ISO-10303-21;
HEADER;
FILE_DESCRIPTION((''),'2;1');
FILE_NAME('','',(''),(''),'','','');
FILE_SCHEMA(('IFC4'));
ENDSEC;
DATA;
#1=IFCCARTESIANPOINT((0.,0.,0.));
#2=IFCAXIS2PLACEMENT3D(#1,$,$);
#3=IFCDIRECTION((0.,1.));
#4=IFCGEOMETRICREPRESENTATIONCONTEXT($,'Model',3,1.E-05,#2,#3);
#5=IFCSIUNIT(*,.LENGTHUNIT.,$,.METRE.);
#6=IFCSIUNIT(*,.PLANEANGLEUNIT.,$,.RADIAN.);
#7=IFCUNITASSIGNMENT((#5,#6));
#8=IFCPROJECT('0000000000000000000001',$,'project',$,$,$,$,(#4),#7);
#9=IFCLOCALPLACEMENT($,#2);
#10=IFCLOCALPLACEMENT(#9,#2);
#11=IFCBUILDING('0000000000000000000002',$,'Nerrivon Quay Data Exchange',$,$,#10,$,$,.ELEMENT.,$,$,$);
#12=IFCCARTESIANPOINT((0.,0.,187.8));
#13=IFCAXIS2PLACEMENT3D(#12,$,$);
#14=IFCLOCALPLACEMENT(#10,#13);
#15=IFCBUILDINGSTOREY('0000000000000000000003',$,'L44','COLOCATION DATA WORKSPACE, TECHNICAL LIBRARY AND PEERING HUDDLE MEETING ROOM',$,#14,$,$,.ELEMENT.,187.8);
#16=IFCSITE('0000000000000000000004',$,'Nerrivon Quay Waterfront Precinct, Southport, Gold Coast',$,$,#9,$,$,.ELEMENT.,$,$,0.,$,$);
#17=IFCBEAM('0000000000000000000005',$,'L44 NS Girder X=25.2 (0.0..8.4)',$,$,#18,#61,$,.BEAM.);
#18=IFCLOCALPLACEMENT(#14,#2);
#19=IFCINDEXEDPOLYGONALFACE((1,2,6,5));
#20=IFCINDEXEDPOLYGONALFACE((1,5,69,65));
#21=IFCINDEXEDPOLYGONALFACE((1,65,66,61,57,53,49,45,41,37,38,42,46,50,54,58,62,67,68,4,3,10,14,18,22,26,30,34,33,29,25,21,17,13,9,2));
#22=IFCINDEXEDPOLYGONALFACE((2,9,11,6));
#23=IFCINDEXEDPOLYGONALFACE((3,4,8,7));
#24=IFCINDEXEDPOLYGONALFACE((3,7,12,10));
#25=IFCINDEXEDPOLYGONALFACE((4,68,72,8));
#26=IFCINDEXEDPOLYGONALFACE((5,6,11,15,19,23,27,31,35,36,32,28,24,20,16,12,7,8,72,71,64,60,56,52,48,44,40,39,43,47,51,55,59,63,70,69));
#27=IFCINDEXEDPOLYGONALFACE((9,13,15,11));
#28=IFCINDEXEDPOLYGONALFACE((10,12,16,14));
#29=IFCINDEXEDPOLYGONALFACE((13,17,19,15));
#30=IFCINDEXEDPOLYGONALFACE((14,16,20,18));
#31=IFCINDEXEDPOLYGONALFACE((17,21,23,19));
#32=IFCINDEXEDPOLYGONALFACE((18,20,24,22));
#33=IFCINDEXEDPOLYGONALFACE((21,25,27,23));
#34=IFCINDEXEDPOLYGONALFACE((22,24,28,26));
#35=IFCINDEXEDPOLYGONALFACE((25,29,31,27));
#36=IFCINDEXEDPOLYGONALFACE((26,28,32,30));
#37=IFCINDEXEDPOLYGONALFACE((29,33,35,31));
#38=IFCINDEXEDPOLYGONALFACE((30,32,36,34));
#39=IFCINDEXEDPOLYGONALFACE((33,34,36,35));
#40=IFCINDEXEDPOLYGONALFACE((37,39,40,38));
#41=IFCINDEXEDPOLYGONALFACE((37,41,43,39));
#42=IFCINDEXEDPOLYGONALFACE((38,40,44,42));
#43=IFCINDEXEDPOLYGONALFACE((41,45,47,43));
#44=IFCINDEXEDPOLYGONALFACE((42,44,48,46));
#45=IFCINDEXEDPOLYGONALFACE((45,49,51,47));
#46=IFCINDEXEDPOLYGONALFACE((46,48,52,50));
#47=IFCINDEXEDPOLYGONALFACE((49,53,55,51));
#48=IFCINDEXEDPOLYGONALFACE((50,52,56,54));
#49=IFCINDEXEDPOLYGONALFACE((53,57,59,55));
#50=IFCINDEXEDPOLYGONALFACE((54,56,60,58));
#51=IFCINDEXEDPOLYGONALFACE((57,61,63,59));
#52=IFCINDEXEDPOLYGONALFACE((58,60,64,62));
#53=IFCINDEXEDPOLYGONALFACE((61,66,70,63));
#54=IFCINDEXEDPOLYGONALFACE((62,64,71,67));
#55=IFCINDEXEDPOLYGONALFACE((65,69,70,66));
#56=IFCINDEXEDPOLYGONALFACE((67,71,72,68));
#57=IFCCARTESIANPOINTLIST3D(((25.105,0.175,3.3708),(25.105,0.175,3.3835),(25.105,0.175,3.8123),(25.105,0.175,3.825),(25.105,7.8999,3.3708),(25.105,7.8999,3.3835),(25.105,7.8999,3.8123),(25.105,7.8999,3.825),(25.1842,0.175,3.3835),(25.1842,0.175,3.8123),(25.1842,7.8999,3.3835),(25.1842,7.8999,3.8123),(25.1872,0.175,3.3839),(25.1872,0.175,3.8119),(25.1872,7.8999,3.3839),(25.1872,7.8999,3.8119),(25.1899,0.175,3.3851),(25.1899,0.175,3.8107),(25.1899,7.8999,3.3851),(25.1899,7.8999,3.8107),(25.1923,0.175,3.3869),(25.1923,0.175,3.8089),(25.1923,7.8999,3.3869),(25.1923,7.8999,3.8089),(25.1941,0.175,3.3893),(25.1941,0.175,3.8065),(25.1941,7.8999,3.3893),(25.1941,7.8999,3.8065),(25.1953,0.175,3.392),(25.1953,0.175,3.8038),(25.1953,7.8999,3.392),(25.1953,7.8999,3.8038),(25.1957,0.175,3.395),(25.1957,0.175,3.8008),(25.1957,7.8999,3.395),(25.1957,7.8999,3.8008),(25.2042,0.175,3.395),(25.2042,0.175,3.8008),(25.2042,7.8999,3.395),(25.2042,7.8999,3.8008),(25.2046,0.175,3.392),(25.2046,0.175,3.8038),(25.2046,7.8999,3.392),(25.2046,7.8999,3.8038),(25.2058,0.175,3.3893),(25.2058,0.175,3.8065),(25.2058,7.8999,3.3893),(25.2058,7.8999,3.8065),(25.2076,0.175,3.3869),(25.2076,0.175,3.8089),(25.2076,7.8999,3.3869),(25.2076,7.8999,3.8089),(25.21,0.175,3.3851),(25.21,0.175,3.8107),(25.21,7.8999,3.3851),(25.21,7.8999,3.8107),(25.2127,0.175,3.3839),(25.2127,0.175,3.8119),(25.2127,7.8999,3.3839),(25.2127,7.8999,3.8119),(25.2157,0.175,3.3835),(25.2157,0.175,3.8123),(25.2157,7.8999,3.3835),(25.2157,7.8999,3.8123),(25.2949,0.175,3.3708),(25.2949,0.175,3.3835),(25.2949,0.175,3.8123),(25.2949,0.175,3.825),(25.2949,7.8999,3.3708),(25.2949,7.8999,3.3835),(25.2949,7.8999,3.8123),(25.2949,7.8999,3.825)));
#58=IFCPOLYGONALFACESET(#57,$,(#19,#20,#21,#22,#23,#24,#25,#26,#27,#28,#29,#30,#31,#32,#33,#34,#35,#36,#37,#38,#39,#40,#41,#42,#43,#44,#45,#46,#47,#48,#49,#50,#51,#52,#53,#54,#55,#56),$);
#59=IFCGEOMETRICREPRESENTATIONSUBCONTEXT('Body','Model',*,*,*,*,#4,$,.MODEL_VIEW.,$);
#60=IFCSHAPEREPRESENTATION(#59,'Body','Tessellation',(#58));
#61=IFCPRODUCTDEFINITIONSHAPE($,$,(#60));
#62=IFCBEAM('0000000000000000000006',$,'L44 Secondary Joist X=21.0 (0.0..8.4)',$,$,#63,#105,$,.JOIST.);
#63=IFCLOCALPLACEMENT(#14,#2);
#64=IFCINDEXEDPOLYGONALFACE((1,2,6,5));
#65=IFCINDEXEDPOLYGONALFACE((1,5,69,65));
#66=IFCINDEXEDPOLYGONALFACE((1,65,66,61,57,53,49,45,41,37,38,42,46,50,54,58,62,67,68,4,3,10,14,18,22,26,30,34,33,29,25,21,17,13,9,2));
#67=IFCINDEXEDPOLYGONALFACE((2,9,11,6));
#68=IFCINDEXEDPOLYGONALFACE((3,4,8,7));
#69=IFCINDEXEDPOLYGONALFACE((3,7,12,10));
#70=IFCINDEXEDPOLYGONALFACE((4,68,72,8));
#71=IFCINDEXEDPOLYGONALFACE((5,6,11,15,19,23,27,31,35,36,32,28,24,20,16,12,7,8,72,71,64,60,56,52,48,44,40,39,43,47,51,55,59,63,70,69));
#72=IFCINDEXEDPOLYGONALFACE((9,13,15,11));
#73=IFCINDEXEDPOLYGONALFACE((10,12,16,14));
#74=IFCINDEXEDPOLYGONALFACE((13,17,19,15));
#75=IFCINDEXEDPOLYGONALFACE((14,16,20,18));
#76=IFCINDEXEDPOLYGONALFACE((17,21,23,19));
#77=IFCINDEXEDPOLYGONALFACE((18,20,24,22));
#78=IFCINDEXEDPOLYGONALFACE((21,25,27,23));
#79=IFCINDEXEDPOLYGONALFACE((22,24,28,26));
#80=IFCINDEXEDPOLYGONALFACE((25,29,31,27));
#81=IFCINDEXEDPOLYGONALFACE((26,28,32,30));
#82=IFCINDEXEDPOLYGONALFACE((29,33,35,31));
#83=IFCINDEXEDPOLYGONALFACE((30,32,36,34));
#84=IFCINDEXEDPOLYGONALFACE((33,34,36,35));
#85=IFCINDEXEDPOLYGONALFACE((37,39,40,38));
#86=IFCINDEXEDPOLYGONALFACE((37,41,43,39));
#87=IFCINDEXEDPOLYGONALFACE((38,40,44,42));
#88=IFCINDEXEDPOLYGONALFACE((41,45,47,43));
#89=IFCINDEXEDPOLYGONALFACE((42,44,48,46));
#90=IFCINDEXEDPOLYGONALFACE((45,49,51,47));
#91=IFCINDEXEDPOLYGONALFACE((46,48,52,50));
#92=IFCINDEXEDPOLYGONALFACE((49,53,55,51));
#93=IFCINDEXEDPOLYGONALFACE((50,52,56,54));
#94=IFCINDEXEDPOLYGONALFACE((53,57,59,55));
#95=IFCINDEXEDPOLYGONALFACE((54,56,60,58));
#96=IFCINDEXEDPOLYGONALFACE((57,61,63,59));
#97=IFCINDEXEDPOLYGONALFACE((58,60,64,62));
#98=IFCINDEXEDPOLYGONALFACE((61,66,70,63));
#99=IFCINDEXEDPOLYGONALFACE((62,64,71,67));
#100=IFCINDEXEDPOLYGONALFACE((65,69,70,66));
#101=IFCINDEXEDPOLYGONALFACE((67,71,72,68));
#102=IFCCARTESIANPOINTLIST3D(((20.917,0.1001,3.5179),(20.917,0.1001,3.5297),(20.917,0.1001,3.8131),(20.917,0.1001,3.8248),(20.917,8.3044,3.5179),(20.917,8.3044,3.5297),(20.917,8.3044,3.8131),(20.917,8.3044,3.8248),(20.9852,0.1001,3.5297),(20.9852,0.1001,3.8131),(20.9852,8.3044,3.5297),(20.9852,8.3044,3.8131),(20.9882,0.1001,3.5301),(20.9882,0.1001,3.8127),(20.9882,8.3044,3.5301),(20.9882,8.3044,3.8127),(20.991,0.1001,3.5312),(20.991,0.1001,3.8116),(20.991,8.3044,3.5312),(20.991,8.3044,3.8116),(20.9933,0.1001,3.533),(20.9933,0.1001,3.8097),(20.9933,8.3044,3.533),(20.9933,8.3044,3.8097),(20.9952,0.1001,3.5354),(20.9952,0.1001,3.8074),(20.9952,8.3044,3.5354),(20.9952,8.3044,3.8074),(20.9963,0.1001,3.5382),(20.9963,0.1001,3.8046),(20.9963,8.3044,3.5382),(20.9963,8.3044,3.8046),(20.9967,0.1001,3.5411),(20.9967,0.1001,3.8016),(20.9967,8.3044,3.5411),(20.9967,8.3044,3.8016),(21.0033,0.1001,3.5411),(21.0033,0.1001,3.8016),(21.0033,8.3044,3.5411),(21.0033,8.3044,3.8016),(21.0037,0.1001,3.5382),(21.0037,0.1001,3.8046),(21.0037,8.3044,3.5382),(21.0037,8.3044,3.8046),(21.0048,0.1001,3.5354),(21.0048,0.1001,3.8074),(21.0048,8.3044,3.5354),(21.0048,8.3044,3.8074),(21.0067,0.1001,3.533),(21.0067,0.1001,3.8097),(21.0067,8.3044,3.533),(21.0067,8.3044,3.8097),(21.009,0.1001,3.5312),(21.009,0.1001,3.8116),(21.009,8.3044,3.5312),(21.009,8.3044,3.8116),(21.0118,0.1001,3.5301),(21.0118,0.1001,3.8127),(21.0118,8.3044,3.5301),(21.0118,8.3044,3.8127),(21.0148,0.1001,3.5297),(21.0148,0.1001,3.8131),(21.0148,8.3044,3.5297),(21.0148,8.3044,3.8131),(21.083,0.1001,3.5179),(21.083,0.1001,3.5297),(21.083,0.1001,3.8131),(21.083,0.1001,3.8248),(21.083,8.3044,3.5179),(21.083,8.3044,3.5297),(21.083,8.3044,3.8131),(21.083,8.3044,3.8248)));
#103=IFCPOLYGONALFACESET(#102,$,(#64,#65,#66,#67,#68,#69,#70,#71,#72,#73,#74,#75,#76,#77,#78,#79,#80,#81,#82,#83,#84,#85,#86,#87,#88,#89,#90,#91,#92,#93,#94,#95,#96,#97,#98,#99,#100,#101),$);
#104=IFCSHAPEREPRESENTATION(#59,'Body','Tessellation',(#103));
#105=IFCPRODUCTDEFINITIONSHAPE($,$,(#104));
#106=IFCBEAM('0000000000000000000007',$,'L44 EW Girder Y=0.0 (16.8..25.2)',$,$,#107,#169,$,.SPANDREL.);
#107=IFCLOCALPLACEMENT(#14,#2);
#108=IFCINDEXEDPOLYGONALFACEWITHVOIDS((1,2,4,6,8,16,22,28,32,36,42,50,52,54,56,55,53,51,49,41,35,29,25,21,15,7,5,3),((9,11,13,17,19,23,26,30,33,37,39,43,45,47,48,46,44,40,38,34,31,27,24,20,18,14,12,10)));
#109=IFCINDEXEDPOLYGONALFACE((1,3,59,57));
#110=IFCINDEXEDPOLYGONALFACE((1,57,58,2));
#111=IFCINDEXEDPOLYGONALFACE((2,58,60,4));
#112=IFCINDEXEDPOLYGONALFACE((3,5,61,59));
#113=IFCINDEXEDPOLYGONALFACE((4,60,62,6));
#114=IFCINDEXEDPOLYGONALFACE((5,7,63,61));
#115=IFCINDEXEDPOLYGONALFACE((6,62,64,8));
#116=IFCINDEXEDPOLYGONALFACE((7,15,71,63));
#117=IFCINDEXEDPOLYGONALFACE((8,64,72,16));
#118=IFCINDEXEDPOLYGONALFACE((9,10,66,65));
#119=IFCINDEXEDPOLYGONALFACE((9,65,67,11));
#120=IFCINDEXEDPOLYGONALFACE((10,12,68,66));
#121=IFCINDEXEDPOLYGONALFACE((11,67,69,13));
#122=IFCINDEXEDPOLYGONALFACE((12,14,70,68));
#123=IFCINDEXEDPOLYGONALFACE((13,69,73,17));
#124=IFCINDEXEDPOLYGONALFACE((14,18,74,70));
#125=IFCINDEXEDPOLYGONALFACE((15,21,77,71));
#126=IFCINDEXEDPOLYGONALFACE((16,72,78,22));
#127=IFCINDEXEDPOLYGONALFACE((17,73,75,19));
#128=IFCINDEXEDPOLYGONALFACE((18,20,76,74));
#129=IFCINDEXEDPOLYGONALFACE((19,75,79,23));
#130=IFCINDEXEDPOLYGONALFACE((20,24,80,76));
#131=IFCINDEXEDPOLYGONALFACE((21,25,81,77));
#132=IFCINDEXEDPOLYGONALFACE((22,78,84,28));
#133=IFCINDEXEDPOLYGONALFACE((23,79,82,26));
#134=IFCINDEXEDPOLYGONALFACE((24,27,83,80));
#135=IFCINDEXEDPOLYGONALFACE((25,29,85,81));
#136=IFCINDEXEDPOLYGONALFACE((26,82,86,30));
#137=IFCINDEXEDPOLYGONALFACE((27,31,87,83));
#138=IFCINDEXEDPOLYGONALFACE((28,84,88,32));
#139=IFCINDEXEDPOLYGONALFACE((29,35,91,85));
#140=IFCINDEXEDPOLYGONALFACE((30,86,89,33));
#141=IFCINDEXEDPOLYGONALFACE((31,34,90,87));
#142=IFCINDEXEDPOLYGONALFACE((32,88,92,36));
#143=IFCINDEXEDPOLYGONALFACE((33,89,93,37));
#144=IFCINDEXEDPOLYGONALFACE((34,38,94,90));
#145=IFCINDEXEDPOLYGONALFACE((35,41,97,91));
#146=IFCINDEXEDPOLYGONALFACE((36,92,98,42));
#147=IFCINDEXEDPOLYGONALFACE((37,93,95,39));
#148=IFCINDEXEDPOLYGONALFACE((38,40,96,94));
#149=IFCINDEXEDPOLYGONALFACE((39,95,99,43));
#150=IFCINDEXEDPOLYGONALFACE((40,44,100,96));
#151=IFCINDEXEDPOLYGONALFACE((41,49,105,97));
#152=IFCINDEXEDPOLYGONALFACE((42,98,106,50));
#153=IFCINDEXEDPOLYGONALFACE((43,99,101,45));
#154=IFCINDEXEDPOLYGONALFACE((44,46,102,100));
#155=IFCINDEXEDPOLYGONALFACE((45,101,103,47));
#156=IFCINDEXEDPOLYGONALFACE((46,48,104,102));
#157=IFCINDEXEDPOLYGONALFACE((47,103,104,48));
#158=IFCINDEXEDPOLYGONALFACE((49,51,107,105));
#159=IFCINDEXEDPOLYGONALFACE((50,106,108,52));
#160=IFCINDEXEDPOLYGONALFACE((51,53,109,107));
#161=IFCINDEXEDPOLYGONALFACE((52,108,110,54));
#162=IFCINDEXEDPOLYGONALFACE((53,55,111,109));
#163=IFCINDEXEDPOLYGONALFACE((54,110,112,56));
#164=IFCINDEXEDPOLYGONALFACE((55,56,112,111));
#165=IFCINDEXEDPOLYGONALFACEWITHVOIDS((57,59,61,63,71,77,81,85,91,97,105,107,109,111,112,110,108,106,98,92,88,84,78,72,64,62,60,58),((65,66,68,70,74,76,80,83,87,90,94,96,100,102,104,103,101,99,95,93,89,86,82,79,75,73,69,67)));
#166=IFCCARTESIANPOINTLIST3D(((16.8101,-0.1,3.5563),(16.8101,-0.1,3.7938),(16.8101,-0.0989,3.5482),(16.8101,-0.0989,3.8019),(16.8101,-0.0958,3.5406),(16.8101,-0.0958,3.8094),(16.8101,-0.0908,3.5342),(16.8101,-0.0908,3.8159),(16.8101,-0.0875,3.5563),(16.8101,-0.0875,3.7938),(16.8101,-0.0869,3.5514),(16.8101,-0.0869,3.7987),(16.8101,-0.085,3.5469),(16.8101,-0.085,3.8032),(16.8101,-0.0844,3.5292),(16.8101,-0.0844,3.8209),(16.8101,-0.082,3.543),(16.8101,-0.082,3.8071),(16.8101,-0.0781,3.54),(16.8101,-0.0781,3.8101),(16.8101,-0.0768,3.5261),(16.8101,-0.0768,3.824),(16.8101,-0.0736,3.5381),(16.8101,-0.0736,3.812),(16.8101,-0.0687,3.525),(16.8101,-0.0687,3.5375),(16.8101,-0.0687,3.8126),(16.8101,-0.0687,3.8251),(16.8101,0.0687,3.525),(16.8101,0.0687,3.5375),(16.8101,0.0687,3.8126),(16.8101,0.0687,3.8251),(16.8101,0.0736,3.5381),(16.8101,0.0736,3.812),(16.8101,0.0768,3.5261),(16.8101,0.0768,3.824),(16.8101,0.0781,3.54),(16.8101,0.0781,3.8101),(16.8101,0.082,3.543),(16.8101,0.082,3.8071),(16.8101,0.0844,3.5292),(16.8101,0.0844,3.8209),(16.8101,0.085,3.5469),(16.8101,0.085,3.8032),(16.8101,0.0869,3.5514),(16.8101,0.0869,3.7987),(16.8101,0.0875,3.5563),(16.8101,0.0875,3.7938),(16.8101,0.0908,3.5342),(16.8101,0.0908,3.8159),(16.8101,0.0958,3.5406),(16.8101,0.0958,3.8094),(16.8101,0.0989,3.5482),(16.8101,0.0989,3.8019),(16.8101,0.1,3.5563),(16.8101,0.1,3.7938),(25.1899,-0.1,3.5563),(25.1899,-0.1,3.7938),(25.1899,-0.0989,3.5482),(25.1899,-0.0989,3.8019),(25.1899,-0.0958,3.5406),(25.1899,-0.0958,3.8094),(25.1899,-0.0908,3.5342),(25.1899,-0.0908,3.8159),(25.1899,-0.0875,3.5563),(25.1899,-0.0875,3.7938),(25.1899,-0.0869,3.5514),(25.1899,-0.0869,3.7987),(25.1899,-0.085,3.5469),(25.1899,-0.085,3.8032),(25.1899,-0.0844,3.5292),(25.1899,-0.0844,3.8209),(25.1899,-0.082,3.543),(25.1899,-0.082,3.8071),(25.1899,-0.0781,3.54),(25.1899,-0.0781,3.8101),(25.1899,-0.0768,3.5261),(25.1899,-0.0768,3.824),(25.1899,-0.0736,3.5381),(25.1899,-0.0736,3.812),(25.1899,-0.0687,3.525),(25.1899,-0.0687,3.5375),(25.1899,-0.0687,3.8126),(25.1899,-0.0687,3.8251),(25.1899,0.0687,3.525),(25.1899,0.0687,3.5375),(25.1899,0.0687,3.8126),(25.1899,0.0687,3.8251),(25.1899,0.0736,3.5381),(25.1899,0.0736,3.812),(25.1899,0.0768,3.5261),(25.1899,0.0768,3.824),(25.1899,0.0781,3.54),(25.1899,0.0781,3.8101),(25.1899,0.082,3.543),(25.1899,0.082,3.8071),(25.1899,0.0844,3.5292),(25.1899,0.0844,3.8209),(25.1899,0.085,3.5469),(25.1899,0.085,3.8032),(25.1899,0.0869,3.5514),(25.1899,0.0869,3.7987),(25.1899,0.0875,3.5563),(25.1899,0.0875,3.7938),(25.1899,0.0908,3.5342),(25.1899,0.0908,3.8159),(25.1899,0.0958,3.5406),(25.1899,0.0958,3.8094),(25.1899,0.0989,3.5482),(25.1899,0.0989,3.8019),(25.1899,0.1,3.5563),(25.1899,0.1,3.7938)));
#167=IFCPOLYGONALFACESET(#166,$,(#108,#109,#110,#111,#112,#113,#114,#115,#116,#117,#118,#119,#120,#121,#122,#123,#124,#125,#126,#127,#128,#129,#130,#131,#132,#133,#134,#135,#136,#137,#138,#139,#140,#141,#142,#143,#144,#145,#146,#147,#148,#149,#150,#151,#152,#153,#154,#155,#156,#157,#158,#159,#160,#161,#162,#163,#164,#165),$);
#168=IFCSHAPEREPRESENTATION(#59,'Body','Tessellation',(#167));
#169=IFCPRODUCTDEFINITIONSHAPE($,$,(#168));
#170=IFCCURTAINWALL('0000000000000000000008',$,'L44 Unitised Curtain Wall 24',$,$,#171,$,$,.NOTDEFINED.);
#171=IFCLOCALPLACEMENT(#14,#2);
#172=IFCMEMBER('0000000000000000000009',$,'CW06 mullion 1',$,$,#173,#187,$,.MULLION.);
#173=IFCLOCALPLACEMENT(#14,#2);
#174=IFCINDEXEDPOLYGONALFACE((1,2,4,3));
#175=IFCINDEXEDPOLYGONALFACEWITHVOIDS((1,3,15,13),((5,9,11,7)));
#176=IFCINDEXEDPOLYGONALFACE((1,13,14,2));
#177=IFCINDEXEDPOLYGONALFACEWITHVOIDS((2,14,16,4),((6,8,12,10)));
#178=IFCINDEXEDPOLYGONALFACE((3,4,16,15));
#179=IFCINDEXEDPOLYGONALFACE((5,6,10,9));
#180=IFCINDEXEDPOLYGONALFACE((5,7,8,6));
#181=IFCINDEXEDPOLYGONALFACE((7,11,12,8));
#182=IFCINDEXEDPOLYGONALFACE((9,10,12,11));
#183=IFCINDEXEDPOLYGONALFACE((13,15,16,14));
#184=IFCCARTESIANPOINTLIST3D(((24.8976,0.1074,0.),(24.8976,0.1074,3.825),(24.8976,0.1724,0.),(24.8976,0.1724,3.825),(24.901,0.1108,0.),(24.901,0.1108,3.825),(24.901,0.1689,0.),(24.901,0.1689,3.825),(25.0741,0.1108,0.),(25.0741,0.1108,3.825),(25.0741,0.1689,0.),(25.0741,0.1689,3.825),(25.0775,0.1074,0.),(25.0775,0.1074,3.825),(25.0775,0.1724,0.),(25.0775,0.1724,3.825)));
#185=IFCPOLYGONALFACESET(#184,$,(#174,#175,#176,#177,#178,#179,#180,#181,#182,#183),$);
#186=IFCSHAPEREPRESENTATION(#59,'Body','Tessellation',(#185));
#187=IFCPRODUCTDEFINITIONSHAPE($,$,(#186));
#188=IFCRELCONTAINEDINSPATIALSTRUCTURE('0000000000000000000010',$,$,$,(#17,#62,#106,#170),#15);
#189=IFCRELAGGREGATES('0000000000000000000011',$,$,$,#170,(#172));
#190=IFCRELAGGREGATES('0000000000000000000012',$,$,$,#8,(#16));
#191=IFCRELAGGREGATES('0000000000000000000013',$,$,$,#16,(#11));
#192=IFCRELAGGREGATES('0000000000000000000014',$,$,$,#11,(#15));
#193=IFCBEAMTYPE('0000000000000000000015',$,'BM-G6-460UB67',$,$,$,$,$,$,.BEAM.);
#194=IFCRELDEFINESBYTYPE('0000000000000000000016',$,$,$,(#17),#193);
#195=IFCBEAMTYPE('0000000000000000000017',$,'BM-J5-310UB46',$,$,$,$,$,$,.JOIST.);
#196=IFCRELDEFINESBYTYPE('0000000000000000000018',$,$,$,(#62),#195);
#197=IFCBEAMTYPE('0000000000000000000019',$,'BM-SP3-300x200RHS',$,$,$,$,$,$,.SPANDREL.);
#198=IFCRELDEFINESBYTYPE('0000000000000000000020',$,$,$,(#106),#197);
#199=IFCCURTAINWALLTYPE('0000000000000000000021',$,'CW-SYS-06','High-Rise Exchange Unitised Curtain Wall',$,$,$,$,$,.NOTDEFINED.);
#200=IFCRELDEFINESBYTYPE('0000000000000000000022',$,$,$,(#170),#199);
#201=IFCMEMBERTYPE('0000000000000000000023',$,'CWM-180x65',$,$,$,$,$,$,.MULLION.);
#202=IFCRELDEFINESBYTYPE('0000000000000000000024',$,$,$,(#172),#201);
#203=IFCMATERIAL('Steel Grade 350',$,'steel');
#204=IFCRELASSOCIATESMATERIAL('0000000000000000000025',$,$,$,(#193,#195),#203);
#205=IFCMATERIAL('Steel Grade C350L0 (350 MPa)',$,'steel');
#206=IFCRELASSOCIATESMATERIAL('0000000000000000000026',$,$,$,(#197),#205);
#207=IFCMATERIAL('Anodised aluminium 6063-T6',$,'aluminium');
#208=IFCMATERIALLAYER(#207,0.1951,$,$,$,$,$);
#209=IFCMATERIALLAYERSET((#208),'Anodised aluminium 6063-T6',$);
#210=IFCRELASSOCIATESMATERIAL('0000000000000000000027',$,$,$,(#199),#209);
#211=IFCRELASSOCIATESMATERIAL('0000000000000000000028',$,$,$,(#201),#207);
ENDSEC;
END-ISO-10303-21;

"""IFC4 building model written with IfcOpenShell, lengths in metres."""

from ifc_helpers import new_model, si_unit, direction, frame, origin, origin_2d, place, context, subcontext, project, spatial, hollow_rectangle, i_section, extrude, material, layer, layer_set, material_profile, profile_set, type_object, element, aggregate, save


model = new_model("IFC4")

# Units and contexts
model_context = context("Model", 3, precision=1e-05, world=origin(), true_north=direction((0.0, 1.0)))
body_context = subcontext(model_context, "Body", "Model", "MODEL_VIEW")
ifc_project = project(units=[si_unit("LENGTHUNIT", "METRE"), si_unit("PLANEANGLEUNIT", "RADIAN")], contexts=[model_context])

# Site, building, storey
site_placement = place(None, origin())
site = spatial("IfcSite", under=ifc_project, at=site_placement, Name="Nerrivon Quay Waterfront Precinct, Southport, Gold Coast", CompositionType="ELEMENT", RefElevation=0.0)
building_placement = place(site_placement, origin())
building = spatial("IfcBuilding", under=site, at=building_placement, Name="Nerrivon Quay Data Exchange", CompositionType="ELEMENT")
storey_placement = place(building_placement, frame((0.0, 0.0, 187.8)))
storey = spatial("IfcBuildingStorey", under=building, at=storey_placement, Name="L44", Description="COLOCATION DATA WORKSPACE, TECHNICAL LIBRARY AND PEERING HUDDLE MEETING ROOM", CompositionType="ELEMENT", Elevation=187.8)

# Shared definitions
ifc_material_1 = material(Name="Steel Grade 350", Category="steel")

# Beams
ifc_material_profile_1 = material_profile(ifc_material_1, i_section(OverallWidth=0.1899, OverallDepth=0.4541, WebThickness=0.0085, FlangeThickness=0.0127, FilletRadius=0.0115, at=origin_2d()), Name="460UB67.1")
ifc_profile_set_1 = profile_set([ifc_material_profile_1], Name="Steel Grade 350")
beam_type_1 = type_object("IfcBeamType", Name="BM-G6-460UB67", PredefinedType="BEAM", material=ifc_profile_set_1)
for number, where, z_axis, x_axis, name in (
    (1, (25.2, 0.175, 3.5979), (0.0, 1.0, 0.0), (-1.0, 0.0, 0.0), "L44 NS Girder X=25.2 (0.0..8.4)"),
):
    element("IfcBeam", number, at=place(storey_placement, frame(where, z_axis=z_axis, x_axis=x_axis)), inside=storey, type_object=beam_type_1, Name=name, PredefinedType="BEAM", context=body_context, shape_type="SweptSolid", body=[
        extrude(i_section(OverallWidth=0.1899, OverallDepth=0.4541, WebThickness=0.0085, FlangeThickness=0.0127, FilletRadius=0.0115, at=origin_2d()), origin(), (0.0, 0.0, 1.0), 7.7249),
    ])
ifc_material_profile_2 = material_profile(ifc_material_1, i_section(OverallWidth=0.166, OverallDepth=0.3069, WebThickness=0.0066, FlangeThickness=0.0117, FilletRadius=0.0115, at=origin_2d()), Name="310UB46.2")
ifc_profile_set_2 = profile_set([ifc_material_profile_2], Name="Steel Grade 350")
beam_type_2 = type_object("IfcBeamType", Name="BM-J5-310UB46", PredefinedType="JOIST", material=ifc_profile_set_2)
beam_1_placement = place(storey_placement, frame((21.0, 0.1001, 3.6714), z_axis=(0.0, 1.0, 0.0), x_axis=(-1.0, 0.0, 0.0)))
element("IfcBeam", 2, at=beam_1_placement, inside=storey, type_object=beam_type_2, Name="L44 Secondary Joist X=21.0 (0.0..8.4)", PredefinedType="JOIST", context=body_context, shape_type="SweptSolid", body=[
    extrude(i_section(OverallWidth=0.166, OverallDepth=0.3069, WebThickness=0.0066, FlangeThickness=0.0117, FilletRadius=0.0115, at=origin_2d()), origin(), (0.0, 0.0, 1.0), 8.2043),
])
ifc_material_2 = material(Name="Steel Grade C350L0 (350 MPa)", Category="steel")
ifc_material_profile_3 = material_profile(ifc_material_2, hollow_rectangle(XDim=0.2, YDim=0.3, WallThickness=0.0125, InnerFilletRadius=0.0188, OuterFilletRadius=0.0312, at=origin_2d()), Name="300x200x12.5RHS")
ifc_profile_set_3 = profile_set([ifc_material_profile_3], Name="Steel Grade C350L0 (350 MPa)")
beam_type_3 = type_object("IfcBeamType", Name="BM-SP3-300x200RHS", PredefinedType="SPANDREL", material=ifc_profile_set_3)
beam_2_placement = place(storey_placement, frame((16.8101, 0.0, 3.675), z_axis=(1.0, 0.0, 0.0), x_axis=(0.0, 1.0, 0.0)))
element("IfcBeam", 3, at=beam_2_placement, inside=storey, type_object=beam_type_3, Name="L44 EW Girder Y=0.0 (16.8..25.2)", PredefinedType="SPANDREL", context=body_context, shape_type="SweptSolid", body=[
    extrude(hollow_rectangle(XDim=0.2, YDim=0.3, WallThickness=0.0125, InnerFilletRadius=0.0188, OuterFilletRadius=0.0312, at=origin_2d()), origin(), (0.0, 0.0, 1.0), 8.3799),
])

# Curtain wall, member
ifc_material_3 = material(Name="Anodised aluminium 6063-T6", Category="aluminium")
ifc_layer_1 = layer(ifc_material_3, 0.1951)
ifc_layer_set_1 = layer_set([ifc_layer_1], Name="Anodised aluminium 6063-T6")
curtain_wall_type = type_object("IfcCurtainWallType", Name="CW-SYS-06", Description="High-Rise Exchange Unitised Curtain Wall", PredefinedType="NOTDEFINED", material=ifc_layer_set_1)
curtain_wall_1_placement = place(storey_placement, origin())
curtain_wall_1 = element("IfcCurtainWall", 4, at=curtain_wall_1_placement, inside=storey, type_object=curtain_wall_type, Name="L44 Unitised Curtain Wall 24", PredefinedType="NOTDEFINED")
ifc_material_profile_4 = material_profile(ifc_material_3, hollow_rectangle(XDim=0.0649, YDim=0.1799, WallThickness=0.0034, at=origin_2d()), Name="ALU-MULL-180x65")
ifc_profile_set_4 = profile_set([ifc_material_profile_4], Name="Anodised aluminium 6063-T6")
member_type_1 = type_object("IfcMemberType", Name="CWM-180x65", PredefinedType="MULLION", material=ifc_profile_set_4)
member_1_placement = place(storey_placement, frame((24.9875, 0.1399, 0.0), z_axis=(0.0, 0.0, 1.0), x_axis=(0.0, -1.0, 0.0)))
member_1 = element("IfcMember", 5, at=member_1_placement, type_object=member_type_1, Name="CW06 mullion 1", PredefinedType="MULLION", context=body_context, shape_type="SweptSolid", body=[
    extrude(hollow_rectangle(XDim=0.0649, YDim=0.1799, WallThickness=0.0034, at=origin_2d()), origin(), (0.0, 0.0, 1.0), 3.825),
])

aggregate(curtain_wall_1, [member_1])

save(model, "model.ifc")
